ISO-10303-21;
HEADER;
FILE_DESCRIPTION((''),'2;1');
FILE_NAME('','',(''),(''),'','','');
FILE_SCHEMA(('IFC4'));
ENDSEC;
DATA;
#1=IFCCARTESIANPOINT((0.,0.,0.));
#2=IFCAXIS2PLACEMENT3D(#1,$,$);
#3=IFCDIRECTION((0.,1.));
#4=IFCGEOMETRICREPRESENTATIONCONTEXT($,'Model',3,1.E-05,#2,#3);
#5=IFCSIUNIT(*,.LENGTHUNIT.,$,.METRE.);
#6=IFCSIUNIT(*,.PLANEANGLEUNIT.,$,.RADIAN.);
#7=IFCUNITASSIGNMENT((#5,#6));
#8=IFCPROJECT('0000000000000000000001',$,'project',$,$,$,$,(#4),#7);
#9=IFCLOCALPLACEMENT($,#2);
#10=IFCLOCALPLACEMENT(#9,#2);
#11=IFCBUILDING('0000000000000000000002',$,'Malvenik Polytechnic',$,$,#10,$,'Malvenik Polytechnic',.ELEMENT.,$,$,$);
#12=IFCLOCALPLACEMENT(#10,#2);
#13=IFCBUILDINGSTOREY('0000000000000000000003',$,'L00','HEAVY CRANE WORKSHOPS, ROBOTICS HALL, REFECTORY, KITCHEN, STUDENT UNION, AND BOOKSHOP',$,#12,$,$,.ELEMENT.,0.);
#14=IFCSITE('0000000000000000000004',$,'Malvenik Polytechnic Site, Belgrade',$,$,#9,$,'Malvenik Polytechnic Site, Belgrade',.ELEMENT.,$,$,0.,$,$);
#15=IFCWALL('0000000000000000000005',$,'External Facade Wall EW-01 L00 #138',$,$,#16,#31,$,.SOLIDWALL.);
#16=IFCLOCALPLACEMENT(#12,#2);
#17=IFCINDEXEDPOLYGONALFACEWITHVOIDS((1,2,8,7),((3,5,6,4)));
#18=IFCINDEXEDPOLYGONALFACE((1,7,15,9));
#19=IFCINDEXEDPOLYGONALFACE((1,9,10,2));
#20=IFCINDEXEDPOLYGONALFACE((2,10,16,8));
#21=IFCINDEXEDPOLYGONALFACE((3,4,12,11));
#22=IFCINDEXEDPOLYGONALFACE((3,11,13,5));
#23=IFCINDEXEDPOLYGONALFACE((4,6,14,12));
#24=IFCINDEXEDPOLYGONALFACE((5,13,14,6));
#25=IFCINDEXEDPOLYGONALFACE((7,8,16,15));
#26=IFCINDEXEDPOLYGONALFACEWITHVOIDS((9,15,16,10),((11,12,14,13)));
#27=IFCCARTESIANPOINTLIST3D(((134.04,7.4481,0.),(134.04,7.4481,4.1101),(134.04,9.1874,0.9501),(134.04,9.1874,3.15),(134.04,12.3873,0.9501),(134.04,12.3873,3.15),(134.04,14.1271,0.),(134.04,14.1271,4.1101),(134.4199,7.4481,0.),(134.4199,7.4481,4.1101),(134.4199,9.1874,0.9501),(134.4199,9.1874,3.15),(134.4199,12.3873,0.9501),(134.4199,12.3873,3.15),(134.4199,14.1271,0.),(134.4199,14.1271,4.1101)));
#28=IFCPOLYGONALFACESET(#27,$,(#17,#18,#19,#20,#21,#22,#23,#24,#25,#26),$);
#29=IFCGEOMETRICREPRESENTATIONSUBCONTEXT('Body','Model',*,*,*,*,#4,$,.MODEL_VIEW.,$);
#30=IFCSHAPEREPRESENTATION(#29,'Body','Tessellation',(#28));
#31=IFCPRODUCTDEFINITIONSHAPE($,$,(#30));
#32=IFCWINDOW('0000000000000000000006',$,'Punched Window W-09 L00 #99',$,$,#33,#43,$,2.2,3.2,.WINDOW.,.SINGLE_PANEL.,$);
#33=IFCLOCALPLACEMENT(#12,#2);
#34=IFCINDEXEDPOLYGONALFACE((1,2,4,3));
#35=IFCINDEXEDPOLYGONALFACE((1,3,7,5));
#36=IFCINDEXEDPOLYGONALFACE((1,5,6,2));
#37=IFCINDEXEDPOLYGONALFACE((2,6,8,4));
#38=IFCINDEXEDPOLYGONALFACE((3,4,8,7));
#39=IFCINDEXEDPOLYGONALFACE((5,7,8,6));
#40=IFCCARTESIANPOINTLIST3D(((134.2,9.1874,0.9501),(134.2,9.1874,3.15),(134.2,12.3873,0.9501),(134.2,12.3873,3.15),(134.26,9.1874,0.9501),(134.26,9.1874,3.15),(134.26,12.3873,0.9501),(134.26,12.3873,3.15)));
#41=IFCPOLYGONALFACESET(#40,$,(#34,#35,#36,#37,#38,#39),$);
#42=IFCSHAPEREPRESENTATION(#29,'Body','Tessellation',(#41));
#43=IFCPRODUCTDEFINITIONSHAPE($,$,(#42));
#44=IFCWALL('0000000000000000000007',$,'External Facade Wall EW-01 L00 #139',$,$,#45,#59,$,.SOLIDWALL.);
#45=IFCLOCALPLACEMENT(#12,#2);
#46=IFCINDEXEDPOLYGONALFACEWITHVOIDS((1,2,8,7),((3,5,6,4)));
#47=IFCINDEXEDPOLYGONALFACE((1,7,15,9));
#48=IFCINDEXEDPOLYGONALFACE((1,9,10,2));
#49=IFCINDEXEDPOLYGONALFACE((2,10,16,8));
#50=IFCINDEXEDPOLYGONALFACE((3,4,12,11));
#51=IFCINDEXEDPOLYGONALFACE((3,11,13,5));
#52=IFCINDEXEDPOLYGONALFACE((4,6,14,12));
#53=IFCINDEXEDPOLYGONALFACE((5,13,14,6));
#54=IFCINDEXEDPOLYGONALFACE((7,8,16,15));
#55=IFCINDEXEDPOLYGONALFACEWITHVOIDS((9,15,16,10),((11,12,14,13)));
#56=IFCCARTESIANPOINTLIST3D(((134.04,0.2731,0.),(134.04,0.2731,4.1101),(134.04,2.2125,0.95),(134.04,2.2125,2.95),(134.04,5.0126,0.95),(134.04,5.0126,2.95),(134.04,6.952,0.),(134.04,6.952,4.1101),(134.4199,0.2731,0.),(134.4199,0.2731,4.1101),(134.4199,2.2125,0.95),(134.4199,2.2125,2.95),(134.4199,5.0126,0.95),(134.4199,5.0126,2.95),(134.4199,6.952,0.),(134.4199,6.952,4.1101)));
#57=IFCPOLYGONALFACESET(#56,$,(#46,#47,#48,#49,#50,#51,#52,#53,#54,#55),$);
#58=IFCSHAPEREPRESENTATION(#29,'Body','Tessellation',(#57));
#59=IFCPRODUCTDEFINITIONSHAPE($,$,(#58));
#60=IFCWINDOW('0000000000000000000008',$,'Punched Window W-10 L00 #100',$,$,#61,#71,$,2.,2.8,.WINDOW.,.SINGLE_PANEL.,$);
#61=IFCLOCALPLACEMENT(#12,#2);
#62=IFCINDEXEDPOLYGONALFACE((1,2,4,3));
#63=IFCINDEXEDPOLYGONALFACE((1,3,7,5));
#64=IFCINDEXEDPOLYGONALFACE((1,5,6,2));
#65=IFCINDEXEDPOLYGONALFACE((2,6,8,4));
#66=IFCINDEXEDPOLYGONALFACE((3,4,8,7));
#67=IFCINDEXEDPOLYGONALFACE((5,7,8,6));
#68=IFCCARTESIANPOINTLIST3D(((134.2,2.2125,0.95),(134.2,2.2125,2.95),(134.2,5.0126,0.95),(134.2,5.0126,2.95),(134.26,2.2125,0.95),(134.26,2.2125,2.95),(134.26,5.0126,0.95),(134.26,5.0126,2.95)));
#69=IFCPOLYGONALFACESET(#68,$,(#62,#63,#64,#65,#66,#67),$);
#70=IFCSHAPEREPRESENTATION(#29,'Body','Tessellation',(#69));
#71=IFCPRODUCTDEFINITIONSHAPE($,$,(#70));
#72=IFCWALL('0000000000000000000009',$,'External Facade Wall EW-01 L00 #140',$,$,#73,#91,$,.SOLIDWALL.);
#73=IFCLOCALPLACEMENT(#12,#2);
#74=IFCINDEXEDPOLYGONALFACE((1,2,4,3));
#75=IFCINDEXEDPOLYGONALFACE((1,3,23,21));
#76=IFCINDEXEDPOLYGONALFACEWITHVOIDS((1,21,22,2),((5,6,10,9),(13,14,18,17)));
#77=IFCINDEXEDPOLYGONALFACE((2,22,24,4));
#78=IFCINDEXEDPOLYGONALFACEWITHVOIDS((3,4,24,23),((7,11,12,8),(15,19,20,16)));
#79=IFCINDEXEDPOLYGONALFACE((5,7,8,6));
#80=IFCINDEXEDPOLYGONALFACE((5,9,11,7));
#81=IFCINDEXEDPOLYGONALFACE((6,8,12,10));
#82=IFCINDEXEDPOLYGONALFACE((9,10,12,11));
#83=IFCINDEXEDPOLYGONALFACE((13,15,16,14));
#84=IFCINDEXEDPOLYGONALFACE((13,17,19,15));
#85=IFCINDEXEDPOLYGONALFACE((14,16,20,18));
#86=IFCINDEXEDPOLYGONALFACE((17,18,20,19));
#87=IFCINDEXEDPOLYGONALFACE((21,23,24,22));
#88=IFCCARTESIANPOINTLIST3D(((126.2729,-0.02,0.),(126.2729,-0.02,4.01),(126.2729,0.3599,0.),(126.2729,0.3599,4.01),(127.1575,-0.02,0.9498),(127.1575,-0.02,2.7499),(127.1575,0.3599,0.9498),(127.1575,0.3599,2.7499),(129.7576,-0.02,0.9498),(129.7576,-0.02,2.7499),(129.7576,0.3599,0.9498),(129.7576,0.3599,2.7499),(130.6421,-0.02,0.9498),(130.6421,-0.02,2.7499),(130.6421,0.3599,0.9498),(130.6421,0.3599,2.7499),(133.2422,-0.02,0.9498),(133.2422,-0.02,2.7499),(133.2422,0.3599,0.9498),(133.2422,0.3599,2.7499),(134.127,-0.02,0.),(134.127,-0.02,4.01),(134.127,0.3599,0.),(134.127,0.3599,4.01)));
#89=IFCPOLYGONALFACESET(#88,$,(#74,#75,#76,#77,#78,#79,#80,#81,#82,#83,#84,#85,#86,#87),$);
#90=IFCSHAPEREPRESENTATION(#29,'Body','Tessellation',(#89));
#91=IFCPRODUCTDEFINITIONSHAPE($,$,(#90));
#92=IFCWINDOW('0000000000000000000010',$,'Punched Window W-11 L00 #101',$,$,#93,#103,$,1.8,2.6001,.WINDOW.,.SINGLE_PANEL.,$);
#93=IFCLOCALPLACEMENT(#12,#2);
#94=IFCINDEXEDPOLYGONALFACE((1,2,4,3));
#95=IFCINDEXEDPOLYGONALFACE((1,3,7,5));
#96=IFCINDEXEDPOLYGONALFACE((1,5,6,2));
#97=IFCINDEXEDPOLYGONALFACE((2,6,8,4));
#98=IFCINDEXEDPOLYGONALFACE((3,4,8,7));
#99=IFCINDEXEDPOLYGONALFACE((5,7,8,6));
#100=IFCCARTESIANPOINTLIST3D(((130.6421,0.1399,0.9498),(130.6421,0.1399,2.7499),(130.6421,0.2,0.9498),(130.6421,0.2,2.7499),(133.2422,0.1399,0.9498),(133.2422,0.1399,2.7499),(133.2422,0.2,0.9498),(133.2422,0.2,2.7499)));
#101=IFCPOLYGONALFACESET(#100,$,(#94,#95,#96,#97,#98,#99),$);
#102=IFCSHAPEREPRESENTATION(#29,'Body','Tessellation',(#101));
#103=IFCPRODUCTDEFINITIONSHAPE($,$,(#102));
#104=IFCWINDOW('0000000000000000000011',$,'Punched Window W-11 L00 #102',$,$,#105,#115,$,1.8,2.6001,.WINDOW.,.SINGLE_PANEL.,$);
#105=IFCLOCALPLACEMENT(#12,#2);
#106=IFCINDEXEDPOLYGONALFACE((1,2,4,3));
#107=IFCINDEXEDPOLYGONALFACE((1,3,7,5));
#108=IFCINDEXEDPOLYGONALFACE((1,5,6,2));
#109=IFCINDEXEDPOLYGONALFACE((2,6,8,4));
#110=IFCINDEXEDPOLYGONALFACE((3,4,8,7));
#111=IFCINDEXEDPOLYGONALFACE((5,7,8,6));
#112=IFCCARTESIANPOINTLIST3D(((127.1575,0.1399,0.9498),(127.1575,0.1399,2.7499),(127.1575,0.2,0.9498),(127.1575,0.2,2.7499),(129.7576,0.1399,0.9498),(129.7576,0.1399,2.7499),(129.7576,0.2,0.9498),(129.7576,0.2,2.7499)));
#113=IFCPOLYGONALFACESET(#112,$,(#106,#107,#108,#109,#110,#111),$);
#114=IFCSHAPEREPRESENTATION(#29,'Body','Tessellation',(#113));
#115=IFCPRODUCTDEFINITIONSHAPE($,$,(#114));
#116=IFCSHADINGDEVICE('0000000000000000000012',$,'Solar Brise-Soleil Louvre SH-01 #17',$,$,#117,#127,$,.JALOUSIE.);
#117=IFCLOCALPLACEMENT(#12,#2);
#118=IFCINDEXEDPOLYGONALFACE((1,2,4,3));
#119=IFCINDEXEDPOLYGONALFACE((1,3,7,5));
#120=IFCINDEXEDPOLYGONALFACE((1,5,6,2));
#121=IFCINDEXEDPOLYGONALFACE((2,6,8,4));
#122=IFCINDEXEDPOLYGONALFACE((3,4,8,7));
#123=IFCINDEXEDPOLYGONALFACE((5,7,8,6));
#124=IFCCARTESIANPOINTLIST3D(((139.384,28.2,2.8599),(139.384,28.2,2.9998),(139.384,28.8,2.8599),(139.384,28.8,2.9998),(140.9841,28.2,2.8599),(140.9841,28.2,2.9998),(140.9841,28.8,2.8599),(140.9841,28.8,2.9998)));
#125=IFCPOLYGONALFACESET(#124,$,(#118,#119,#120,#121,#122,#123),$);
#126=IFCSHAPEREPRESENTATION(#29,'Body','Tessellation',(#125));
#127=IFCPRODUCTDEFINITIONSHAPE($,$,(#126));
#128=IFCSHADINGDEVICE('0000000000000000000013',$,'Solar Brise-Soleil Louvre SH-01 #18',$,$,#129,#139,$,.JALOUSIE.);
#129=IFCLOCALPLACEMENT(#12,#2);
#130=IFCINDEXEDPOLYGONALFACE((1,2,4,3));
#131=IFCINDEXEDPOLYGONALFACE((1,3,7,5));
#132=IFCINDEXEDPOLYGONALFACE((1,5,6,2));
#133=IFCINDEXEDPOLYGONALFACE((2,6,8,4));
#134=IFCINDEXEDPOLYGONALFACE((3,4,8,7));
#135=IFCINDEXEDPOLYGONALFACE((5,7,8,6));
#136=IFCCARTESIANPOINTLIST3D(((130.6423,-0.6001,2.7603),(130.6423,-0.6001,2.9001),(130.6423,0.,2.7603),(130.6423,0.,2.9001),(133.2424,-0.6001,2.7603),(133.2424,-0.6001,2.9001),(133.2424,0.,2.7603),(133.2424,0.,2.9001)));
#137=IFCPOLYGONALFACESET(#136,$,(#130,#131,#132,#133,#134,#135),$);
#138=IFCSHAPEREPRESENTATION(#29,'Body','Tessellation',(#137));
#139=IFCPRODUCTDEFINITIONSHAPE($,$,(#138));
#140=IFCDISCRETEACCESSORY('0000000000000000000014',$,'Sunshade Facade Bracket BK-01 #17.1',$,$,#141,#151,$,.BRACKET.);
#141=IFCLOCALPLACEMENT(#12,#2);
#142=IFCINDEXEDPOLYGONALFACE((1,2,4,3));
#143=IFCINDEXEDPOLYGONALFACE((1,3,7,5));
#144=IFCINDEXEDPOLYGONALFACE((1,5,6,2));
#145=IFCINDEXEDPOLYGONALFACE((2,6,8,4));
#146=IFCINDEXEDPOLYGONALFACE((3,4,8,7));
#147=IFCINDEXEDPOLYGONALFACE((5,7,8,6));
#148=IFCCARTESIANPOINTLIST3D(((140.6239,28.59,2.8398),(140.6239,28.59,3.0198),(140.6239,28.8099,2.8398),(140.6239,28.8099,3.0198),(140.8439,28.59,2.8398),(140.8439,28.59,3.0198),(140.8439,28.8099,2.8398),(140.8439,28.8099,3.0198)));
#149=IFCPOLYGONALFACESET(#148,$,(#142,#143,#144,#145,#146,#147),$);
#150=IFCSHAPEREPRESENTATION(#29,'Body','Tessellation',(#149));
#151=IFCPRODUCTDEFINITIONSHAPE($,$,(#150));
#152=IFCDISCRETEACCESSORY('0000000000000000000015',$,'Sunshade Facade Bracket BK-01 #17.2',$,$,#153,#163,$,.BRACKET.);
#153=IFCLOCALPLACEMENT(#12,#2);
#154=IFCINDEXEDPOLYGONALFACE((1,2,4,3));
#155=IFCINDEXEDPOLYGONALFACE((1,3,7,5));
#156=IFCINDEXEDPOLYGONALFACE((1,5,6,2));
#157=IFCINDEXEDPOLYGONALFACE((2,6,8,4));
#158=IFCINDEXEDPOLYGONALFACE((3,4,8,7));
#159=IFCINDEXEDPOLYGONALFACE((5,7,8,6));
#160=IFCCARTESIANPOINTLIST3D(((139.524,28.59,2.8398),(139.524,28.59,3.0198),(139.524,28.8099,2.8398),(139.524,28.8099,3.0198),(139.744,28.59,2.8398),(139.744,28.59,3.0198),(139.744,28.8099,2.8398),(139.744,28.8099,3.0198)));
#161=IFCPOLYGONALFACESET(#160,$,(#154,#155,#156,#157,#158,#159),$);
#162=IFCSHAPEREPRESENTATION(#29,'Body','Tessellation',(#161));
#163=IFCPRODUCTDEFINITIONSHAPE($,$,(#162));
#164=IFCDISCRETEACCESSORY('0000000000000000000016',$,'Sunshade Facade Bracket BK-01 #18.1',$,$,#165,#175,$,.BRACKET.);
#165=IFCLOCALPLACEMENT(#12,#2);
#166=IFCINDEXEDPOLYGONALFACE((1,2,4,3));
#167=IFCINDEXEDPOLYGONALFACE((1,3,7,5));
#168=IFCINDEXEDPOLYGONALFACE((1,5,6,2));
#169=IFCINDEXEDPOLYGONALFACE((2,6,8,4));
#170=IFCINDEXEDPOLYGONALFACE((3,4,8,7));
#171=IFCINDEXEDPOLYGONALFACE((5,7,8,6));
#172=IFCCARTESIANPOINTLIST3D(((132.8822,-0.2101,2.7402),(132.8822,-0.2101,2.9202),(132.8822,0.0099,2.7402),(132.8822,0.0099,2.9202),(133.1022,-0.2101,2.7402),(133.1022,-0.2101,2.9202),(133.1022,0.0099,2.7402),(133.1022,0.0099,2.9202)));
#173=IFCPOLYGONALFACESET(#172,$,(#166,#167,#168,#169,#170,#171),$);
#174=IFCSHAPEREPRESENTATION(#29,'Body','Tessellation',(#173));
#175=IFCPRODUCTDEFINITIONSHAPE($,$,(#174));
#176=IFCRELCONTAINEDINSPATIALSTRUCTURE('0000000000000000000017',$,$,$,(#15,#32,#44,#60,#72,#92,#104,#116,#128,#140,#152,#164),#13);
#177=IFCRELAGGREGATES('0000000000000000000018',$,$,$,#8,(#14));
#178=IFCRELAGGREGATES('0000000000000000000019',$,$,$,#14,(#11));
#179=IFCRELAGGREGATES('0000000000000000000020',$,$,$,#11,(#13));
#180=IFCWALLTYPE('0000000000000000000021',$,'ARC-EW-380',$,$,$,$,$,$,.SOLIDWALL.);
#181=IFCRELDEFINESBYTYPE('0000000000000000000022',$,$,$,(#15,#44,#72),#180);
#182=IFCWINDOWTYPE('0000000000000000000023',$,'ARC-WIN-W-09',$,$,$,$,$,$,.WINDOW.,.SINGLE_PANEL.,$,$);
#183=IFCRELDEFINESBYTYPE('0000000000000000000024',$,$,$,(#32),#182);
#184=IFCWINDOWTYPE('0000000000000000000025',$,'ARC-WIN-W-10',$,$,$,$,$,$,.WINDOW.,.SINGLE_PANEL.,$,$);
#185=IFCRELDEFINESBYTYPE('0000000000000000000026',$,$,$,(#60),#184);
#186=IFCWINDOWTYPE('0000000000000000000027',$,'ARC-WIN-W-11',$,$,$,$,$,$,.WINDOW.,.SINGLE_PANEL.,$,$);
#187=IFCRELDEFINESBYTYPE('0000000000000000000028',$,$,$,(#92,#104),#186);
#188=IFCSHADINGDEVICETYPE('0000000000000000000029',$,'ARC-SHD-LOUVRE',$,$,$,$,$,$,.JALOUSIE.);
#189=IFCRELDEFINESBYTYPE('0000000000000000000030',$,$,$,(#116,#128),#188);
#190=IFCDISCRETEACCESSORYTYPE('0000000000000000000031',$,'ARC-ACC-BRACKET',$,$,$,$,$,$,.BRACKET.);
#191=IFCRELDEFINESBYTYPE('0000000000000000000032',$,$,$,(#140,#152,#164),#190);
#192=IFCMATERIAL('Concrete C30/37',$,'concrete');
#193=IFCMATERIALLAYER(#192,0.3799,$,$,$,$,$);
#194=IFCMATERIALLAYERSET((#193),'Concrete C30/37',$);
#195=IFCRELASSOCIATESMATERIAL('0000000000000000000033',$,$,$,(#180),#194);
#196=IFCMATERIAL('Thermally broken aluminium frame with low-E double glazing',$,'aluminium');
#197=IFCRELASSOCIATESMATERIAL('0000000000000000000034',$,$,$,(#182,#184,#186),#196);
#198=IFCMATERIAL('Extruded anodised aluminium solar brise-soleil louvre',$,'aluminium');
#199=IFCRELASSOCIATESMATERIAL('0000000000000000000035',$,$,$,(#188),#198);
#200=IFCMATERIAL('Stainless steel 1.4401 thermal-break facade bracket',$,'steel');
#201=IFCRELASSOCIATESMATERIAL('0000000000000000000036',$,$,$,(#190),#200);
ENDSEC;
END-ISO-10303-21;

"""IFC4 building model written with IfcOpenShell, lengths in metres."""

from ifc_helpers import new_model, si_unit, direction, frame, frame_2d, origin, origin_2d, place, context, subcontext, project, spatial, rectangle, extrude, material, layer, layer_set, type_object, element, fill, save


model = new_model("IFC4")

# Units and contexts
model_context = context("Model", 3, precision=1e-05, world=origin(), true_north=direction((0.0, 1.0)))
body_context = subcontext(model_context, "Body", "Model", "MODEL_VIEW")
ifc_project = project(units=[si_unit("LENGTHUNIT", "METRE"), si_unit("PLANEANGLEUNIT", "RADIAN")], contexts=[model_context])

# Site, building, storey
site_placement = place(None, origin())
site = spatial("IfcSite", under=ifc_project, at=site_placement, Name="Malvenik Polytechnic Site, Belgrade", LongName="Malvenik Polytechnic Site, Belgrade", CompositionType="ELEMENT", RefElevation=0.0)
building_placement = place(site_placement, origin())
building = spatial("IfcBuilding", under=site, at=building_placement, Name="Malvenik Polytechnic", LongName="Malvenik Polytechnic", CompositionType="ELEMENT")
storey_placement = place(building_placement, origin())
storey = spatial("IfcBuildingStorey", under=building, at=storey_placement, Name="L00", Description="HEAVY CRANE WORKSHOPS, ROBOTICS HALL, REFECTORY, KITCHEN, STUDENT UNION, AND BOOKSHOP", CompositionType="ELEMENT", Elevation=0.0)

# Walls, openings, windows
ifc_material_1 = material(Name="Concrete C30/37", Category="concrete")
ifc_layer = layer(ifc_material_1, 0.3799)
ifc_layer_set = layer_set([ifc_layer], Name="Concrete C30/37")
wall_type = type_object("IfcWallType", Name="ARC-EW-380", PredefinedType="SOLIDWALL", material=ifc_layer_set)
ifc_material_2 = material(Name="Thermally broken aluminium frame with low-E double glazing", Category="aluminium")
wall_1_placement = place(storey_placement, frame((134.23, 14.127, 0.0), z_axis=(0.0, 0.0, 1.0), x_axis=(0.0, -1.0, 0.0)))
wall_1 = element("IfcWall", 1, at=wall_1_placement, inside=storey, type_object=wall_type, Name="External Facade Wall EW-01 L00 #138", PredefinedType="SOLIDWALL", context=body_context, shape_type="SweptSolid", body=[
    extrude(rectangle(XDim=6.679, YDim=0.3799, at=frame_2d((3.3394, 0.0))), origin(), (0.0, 0.0, 1.0), 4.1101),
])
opening_1_placement = place(wall_1_placement, frame((1.7395, 0.0, 0.95)))
opening_1 = element("IfcOpeningElement", 2, at=opening_1_placement, cuts=wall_1, PredefinedType="OPENING", context=body_context, shape_type="SweptSolid", body=[
    extrude(rectangle(XDim=3.2, YDim=2.2, at=frame_2d((1.6001, 1.1001))), frame((0.0, 0.2, 0.0), z_axis=(0.0, -1.0, 0.0), x_axis=(1.0, 0.0, 0.0)), (0.0, 0.0, 1.0), 0.3999),
])
window_type_1 = type_object("IfcWindowType", Name="ARC-WIN-W-09", PartitioningType="SINGLE_PANEL", PredefinedType="WINDOW", material=ifc_material_2)
window_1_placement = place(opening_1_placement, origin())
window_1 = element("IfcWindow", 3, at=window_1_placement, inside=storey, type_object=window_type_1, Name="Punched Window W-09 L00 #99", OverallHeight=2.2, OverallWidth=3.2, PartitioningType="SINGLE_PANEL", PredefinedType="WINDOW", context=body_context, shape_type="SweptSolid", body=[
    extrude(rectangle(XDim=3.2, YDim=2.2, at=frame_2d((1.6001, 1.1001))), frame((0.0, 0.03, 0.0), z_axis=(0.0, -1.0, 0.0), x_axis=(1.0, 0.0, 0.0)), (0.0, 0.0, 1.0), 0.0601),
])
fill(opening_1, window_1)
wall_2_placement = place(storey_placement, frame((134.23, 6.9519, 0.0), z_axis=(0.0, 0.0, 1.0), x_axis=(0.0, -1.0, 0.0)))
wall_2 = element("IfcWall", 4, at=wall_2_placement, inside=storey, type_object=wall_type, Name="External Facade Wall EW-01 L00 #139", PredefinedType="SOLIDWALL", context=body_context, shape_type="SweptSolid", body=[
    extrude(rectangle(XDim=6.679, YDim=0.3799, at=frame_2d((3.3394, 0.0))), origin(), (0.0, 0.0, 1.0), 4.1101),
])
opening_2_placement = place(wall_2_placement, frame((1.9395, 0.0, 0.95)))
opening_2 = element("IfcOpeningElement", 5, at=opening_2_placement, cuts=wall_2, PredefinedType="OPENING", context=body_context, shape_type="SweptSolid", body=[
    extrude(rectangle(XDim=2.8, YDim=2.0, at=frame_2d((1.3999, 1.0))), frame((0.0, 0.2, 0.0), z_axis=(0.0, -1.0, 0.0), x_axis=(1.0, 0.0, 0.0)), (0.0, 0.0, 1.0), 0.3999),
])
window_type_2 = type_object("IfcWindowType", Name="ARC-WIN-W-10", PartitioningType="SINGLE_PANEL", PredefinedType="WINDOW", material=ifc_material_2)
window_2_placement = place(opening_2_placement, origin())
window_2 = element("IfcWindow", 6, at=window_2_placement, inside=storey, type_object=window_type_2, Name="Punched Window W-10 L00 #100", OverallHeight=2.0, OverallWidth=2.8, PartitioningType="SINGLE_PANEL", PredefinedType="WINDOW", context=body_context, shape_type="SweptSolid", body=[
    extrude(rectangle(XDim=2.8, YDim=2.0, at=frame_2d((1.3999, 1.0))), frame((0.0, 0.03, 0.0), z_axis=(0.0, -1.0, 0.0), x_axis=(1.0, 0.0, 0.0)), (0.0, 0.0, 1.0), 0.0601),
])
fill(opening_2, window_2)

# Wall, openings, windows
wall_3_placement = place(storey_placement, frame((134.127, 0.1699, 0.0), z_axis=(0.0, 0.0, 1.0), x_axis=(-1.0, 0.0, 0.0)))
wall_3 = element("IfcWall", 7, at=wall_3_placement, inside=storey, type_object=wall_type, Name="External Facade Wall EW-01 L00 #140", PredefinedType="SOLIDWALL", context=body_context, shape_type="SweptSolid", body=[
    extrude(rectangle(XDim=7.854, YDim=0.3799, at=frame_2d((3.927, 0.0))), origin(), (0.0, 0.0, 1.0), 4.01),
])
opening_3_placement = place(wall_3_placement, frame((0.8848, 0.0, 0.95)))
opening_3 = element("IfcOpeningElement", 8, at=opening_3_placement, cuts=wall_3, PredefinedType="OPENING", context=body_context, shape_type="SweptSolid", body=[
    extrude(rectangle(XDim=2.6001, YDim=1.8, at=frame_2d((1.3, 0.8999))), frame((0.0, 0.2, 0.0), z_axis=(0.0, -1.0, 0.0), x_axis=(1.0, 0.0, 0.0)), (0.0, 0.0, 1.0), 0.3999),
])
opening_4_placement = place(wall_3_placement, frame((4.3694, 0.0, 0.95)))
opening_4 = element("IfcOpeningElement", 9, at=opening_4_placement, cuts=wall_3, PredefinedType="OPENING", context=body_context, shape_type="SweptSolid", body=[
    extrude(rectangle(XDim=2.6001, YDim=1.8, at=frame_2d((1.3, 0.8999))), frame((0.0, 0.2, 0.0), z_axis=(0.0, -1.0, 0.0), x_axis=(1.0, 0.0, 0.0)), (0.0, 0.0, 1.0), 0.3999),
])
window_type_3 = type_object("IfcWindowType", Name="ARC-WIN-W-11", PartitioningType="SINGLE_PANEL", PredefinedType="WINDOW", material=ifc_material_2)
window_3_placement = place(opening_3_placement, origin())
window_3 = element("IfcWindow", 10, at=window_3_placement, inside=storey, type_object=window_type_3, Name="Punched Window W-11 L00 #101", OverallHeight=1.8, OverallWidth=2.6001, PartitioningType="SINGLE_PANEL", PredefinedType="WINDOW", context=body_context, shape_type="SweptSolid", body=[
    extrude(rectangle(XDim=2.6001, YDim=1.8, at=frame_2d((1.3, 0.8999))), frame((0.0, 0.03, 0.0), z_axis=(0.0, -1.0, 0.0), x_axis=(1.0, 0.0, 0.0)), (0.0, 0.0, 1.0), 0.0601),
])
fill(opening_3, window_3)
window_4_placement = place(opening_4_placement, origin())
window_4 = element("IfcWindow", 11, at=window_4_placement, inside=storey, type_object=window_type_3, Name="Punched Window W-11 L00 #102", OverallHeight=1.8, OverallWidth=2.6001, PartitioningType="SINGLE_PANEL", PredefinedType="WINDOW", context=body_context, shape_type="SweptSolid", body=[
    extrude(rectangle(XDim=2.6001, YDim=1.8, at=frame_2d((1.3, 0.8999))), frame((0.0, 0.03, 0.0), z_axis=(0.0, -1.0, 0.0), x_axis=(1.0, 0.0, 0.0)), (0.0, 0.0, 1.0), 0.0601),
])
fill(opening_4, window_4)

# Shading devices
ifc_material_3 = material(Name="Extruded anodised aluminium solar brise-soleil louvre", Category="aluminium")
shading_device_type = type_object("IfcShadingDeviceType", Name="ARC-SHD-LOUVRE", PredefinedType="JALOUSIE", material=ifc_material_3)
shading_device_1_placement = place(storey_placement, frame((140.1841, 28.5, 2.8599), z_axis=(0.0, 0.0, 1.0), x_axis=(1.0, 0.0, 0.0)))
element("IfcShadingDevice", 12, at=shading_device_1_placement, inside=storey, type_object=shading_device_type, Name="Solar Brise-Soleil Louvre SH-01 #17", PredefinedType="JALOUSIE", context=body_context, shape_type="SweptSolid", body=[
    extrude(rectangle(XDim=1.6001, YDim=0.6001, at=origin_2d()), origin(), (0.0, 0.0, 1.0), 0.1399),
])
shading_device_2_placement = place(storey_placement, frame((131.9424, -0.3, 2.7603), z_axis=(0.0, 0.0, 1.0), x_axis=(1.0, 0.0, 0.0)))
element("IfcShadingDevice", 13, at=shading_device_2_placement, inside=storey, type_object=shading_device_type, Name="Solar Brise-Soleil Louvre SH-01 #18", PredefinedType="JALOUSIE", context=body_context, shape_type="SweptSolid", body=[
    extrude(rectangle(XDim=2.6001, YDim=0.6001, at=origin_2d()), origin(), (0.0, 0.0, 1.0), 0.1399),
])

# Discrete accessories
ifc_material_4 = material(Name="Stainless steel 1.4401 thermal-break facade bracket", Category="steel")
discrete_accessory_type = type_object("IfcDiscreteAccessoryType", Name="ARC-ACC-BRACKET", PredefinedType="BRACKET", material=ifc_material_4)
for number, where, z_axis, x_axis, name in (
    (14, (140.7339, 28.7, 2.8398), (0.0, 0.0, 1.0), (1.0, 0.0, 0.0), "Sunshade Facade Bracket BK-01 #17.1"),
    (15, (139.634, 28.7, 2.8398), (0.0, 0.0, 1.0), (1.0, 0.0, 0.0), "Sunshade Facade Bracket BK-01 #17.2"),
    (16, (132.9922, -0.1001, 2.7402), (0.0, 0.0, 1.0), (1.0, 0.0, 0.0), "Sunshade Facade Bracket BK-01 #18.1"),
):
    element("IfcDiscreteAccessory", number, at=place(storey_placement, frame(where, z_axis=z_axis, x_axis=x_axis)), inside=storey, type_object=discrete_accessory_type, Name=name, PredefinedType="BRACKET", context=body_context, shape_type="SweptSolid", body=[
        extrude(rectangle(XDim=0.22, YDim=0.22, at=origin_2d()), origin(), (0.0, 0.0, 1.0), 0.1799),
    ])

save(model, "model.ifc")
